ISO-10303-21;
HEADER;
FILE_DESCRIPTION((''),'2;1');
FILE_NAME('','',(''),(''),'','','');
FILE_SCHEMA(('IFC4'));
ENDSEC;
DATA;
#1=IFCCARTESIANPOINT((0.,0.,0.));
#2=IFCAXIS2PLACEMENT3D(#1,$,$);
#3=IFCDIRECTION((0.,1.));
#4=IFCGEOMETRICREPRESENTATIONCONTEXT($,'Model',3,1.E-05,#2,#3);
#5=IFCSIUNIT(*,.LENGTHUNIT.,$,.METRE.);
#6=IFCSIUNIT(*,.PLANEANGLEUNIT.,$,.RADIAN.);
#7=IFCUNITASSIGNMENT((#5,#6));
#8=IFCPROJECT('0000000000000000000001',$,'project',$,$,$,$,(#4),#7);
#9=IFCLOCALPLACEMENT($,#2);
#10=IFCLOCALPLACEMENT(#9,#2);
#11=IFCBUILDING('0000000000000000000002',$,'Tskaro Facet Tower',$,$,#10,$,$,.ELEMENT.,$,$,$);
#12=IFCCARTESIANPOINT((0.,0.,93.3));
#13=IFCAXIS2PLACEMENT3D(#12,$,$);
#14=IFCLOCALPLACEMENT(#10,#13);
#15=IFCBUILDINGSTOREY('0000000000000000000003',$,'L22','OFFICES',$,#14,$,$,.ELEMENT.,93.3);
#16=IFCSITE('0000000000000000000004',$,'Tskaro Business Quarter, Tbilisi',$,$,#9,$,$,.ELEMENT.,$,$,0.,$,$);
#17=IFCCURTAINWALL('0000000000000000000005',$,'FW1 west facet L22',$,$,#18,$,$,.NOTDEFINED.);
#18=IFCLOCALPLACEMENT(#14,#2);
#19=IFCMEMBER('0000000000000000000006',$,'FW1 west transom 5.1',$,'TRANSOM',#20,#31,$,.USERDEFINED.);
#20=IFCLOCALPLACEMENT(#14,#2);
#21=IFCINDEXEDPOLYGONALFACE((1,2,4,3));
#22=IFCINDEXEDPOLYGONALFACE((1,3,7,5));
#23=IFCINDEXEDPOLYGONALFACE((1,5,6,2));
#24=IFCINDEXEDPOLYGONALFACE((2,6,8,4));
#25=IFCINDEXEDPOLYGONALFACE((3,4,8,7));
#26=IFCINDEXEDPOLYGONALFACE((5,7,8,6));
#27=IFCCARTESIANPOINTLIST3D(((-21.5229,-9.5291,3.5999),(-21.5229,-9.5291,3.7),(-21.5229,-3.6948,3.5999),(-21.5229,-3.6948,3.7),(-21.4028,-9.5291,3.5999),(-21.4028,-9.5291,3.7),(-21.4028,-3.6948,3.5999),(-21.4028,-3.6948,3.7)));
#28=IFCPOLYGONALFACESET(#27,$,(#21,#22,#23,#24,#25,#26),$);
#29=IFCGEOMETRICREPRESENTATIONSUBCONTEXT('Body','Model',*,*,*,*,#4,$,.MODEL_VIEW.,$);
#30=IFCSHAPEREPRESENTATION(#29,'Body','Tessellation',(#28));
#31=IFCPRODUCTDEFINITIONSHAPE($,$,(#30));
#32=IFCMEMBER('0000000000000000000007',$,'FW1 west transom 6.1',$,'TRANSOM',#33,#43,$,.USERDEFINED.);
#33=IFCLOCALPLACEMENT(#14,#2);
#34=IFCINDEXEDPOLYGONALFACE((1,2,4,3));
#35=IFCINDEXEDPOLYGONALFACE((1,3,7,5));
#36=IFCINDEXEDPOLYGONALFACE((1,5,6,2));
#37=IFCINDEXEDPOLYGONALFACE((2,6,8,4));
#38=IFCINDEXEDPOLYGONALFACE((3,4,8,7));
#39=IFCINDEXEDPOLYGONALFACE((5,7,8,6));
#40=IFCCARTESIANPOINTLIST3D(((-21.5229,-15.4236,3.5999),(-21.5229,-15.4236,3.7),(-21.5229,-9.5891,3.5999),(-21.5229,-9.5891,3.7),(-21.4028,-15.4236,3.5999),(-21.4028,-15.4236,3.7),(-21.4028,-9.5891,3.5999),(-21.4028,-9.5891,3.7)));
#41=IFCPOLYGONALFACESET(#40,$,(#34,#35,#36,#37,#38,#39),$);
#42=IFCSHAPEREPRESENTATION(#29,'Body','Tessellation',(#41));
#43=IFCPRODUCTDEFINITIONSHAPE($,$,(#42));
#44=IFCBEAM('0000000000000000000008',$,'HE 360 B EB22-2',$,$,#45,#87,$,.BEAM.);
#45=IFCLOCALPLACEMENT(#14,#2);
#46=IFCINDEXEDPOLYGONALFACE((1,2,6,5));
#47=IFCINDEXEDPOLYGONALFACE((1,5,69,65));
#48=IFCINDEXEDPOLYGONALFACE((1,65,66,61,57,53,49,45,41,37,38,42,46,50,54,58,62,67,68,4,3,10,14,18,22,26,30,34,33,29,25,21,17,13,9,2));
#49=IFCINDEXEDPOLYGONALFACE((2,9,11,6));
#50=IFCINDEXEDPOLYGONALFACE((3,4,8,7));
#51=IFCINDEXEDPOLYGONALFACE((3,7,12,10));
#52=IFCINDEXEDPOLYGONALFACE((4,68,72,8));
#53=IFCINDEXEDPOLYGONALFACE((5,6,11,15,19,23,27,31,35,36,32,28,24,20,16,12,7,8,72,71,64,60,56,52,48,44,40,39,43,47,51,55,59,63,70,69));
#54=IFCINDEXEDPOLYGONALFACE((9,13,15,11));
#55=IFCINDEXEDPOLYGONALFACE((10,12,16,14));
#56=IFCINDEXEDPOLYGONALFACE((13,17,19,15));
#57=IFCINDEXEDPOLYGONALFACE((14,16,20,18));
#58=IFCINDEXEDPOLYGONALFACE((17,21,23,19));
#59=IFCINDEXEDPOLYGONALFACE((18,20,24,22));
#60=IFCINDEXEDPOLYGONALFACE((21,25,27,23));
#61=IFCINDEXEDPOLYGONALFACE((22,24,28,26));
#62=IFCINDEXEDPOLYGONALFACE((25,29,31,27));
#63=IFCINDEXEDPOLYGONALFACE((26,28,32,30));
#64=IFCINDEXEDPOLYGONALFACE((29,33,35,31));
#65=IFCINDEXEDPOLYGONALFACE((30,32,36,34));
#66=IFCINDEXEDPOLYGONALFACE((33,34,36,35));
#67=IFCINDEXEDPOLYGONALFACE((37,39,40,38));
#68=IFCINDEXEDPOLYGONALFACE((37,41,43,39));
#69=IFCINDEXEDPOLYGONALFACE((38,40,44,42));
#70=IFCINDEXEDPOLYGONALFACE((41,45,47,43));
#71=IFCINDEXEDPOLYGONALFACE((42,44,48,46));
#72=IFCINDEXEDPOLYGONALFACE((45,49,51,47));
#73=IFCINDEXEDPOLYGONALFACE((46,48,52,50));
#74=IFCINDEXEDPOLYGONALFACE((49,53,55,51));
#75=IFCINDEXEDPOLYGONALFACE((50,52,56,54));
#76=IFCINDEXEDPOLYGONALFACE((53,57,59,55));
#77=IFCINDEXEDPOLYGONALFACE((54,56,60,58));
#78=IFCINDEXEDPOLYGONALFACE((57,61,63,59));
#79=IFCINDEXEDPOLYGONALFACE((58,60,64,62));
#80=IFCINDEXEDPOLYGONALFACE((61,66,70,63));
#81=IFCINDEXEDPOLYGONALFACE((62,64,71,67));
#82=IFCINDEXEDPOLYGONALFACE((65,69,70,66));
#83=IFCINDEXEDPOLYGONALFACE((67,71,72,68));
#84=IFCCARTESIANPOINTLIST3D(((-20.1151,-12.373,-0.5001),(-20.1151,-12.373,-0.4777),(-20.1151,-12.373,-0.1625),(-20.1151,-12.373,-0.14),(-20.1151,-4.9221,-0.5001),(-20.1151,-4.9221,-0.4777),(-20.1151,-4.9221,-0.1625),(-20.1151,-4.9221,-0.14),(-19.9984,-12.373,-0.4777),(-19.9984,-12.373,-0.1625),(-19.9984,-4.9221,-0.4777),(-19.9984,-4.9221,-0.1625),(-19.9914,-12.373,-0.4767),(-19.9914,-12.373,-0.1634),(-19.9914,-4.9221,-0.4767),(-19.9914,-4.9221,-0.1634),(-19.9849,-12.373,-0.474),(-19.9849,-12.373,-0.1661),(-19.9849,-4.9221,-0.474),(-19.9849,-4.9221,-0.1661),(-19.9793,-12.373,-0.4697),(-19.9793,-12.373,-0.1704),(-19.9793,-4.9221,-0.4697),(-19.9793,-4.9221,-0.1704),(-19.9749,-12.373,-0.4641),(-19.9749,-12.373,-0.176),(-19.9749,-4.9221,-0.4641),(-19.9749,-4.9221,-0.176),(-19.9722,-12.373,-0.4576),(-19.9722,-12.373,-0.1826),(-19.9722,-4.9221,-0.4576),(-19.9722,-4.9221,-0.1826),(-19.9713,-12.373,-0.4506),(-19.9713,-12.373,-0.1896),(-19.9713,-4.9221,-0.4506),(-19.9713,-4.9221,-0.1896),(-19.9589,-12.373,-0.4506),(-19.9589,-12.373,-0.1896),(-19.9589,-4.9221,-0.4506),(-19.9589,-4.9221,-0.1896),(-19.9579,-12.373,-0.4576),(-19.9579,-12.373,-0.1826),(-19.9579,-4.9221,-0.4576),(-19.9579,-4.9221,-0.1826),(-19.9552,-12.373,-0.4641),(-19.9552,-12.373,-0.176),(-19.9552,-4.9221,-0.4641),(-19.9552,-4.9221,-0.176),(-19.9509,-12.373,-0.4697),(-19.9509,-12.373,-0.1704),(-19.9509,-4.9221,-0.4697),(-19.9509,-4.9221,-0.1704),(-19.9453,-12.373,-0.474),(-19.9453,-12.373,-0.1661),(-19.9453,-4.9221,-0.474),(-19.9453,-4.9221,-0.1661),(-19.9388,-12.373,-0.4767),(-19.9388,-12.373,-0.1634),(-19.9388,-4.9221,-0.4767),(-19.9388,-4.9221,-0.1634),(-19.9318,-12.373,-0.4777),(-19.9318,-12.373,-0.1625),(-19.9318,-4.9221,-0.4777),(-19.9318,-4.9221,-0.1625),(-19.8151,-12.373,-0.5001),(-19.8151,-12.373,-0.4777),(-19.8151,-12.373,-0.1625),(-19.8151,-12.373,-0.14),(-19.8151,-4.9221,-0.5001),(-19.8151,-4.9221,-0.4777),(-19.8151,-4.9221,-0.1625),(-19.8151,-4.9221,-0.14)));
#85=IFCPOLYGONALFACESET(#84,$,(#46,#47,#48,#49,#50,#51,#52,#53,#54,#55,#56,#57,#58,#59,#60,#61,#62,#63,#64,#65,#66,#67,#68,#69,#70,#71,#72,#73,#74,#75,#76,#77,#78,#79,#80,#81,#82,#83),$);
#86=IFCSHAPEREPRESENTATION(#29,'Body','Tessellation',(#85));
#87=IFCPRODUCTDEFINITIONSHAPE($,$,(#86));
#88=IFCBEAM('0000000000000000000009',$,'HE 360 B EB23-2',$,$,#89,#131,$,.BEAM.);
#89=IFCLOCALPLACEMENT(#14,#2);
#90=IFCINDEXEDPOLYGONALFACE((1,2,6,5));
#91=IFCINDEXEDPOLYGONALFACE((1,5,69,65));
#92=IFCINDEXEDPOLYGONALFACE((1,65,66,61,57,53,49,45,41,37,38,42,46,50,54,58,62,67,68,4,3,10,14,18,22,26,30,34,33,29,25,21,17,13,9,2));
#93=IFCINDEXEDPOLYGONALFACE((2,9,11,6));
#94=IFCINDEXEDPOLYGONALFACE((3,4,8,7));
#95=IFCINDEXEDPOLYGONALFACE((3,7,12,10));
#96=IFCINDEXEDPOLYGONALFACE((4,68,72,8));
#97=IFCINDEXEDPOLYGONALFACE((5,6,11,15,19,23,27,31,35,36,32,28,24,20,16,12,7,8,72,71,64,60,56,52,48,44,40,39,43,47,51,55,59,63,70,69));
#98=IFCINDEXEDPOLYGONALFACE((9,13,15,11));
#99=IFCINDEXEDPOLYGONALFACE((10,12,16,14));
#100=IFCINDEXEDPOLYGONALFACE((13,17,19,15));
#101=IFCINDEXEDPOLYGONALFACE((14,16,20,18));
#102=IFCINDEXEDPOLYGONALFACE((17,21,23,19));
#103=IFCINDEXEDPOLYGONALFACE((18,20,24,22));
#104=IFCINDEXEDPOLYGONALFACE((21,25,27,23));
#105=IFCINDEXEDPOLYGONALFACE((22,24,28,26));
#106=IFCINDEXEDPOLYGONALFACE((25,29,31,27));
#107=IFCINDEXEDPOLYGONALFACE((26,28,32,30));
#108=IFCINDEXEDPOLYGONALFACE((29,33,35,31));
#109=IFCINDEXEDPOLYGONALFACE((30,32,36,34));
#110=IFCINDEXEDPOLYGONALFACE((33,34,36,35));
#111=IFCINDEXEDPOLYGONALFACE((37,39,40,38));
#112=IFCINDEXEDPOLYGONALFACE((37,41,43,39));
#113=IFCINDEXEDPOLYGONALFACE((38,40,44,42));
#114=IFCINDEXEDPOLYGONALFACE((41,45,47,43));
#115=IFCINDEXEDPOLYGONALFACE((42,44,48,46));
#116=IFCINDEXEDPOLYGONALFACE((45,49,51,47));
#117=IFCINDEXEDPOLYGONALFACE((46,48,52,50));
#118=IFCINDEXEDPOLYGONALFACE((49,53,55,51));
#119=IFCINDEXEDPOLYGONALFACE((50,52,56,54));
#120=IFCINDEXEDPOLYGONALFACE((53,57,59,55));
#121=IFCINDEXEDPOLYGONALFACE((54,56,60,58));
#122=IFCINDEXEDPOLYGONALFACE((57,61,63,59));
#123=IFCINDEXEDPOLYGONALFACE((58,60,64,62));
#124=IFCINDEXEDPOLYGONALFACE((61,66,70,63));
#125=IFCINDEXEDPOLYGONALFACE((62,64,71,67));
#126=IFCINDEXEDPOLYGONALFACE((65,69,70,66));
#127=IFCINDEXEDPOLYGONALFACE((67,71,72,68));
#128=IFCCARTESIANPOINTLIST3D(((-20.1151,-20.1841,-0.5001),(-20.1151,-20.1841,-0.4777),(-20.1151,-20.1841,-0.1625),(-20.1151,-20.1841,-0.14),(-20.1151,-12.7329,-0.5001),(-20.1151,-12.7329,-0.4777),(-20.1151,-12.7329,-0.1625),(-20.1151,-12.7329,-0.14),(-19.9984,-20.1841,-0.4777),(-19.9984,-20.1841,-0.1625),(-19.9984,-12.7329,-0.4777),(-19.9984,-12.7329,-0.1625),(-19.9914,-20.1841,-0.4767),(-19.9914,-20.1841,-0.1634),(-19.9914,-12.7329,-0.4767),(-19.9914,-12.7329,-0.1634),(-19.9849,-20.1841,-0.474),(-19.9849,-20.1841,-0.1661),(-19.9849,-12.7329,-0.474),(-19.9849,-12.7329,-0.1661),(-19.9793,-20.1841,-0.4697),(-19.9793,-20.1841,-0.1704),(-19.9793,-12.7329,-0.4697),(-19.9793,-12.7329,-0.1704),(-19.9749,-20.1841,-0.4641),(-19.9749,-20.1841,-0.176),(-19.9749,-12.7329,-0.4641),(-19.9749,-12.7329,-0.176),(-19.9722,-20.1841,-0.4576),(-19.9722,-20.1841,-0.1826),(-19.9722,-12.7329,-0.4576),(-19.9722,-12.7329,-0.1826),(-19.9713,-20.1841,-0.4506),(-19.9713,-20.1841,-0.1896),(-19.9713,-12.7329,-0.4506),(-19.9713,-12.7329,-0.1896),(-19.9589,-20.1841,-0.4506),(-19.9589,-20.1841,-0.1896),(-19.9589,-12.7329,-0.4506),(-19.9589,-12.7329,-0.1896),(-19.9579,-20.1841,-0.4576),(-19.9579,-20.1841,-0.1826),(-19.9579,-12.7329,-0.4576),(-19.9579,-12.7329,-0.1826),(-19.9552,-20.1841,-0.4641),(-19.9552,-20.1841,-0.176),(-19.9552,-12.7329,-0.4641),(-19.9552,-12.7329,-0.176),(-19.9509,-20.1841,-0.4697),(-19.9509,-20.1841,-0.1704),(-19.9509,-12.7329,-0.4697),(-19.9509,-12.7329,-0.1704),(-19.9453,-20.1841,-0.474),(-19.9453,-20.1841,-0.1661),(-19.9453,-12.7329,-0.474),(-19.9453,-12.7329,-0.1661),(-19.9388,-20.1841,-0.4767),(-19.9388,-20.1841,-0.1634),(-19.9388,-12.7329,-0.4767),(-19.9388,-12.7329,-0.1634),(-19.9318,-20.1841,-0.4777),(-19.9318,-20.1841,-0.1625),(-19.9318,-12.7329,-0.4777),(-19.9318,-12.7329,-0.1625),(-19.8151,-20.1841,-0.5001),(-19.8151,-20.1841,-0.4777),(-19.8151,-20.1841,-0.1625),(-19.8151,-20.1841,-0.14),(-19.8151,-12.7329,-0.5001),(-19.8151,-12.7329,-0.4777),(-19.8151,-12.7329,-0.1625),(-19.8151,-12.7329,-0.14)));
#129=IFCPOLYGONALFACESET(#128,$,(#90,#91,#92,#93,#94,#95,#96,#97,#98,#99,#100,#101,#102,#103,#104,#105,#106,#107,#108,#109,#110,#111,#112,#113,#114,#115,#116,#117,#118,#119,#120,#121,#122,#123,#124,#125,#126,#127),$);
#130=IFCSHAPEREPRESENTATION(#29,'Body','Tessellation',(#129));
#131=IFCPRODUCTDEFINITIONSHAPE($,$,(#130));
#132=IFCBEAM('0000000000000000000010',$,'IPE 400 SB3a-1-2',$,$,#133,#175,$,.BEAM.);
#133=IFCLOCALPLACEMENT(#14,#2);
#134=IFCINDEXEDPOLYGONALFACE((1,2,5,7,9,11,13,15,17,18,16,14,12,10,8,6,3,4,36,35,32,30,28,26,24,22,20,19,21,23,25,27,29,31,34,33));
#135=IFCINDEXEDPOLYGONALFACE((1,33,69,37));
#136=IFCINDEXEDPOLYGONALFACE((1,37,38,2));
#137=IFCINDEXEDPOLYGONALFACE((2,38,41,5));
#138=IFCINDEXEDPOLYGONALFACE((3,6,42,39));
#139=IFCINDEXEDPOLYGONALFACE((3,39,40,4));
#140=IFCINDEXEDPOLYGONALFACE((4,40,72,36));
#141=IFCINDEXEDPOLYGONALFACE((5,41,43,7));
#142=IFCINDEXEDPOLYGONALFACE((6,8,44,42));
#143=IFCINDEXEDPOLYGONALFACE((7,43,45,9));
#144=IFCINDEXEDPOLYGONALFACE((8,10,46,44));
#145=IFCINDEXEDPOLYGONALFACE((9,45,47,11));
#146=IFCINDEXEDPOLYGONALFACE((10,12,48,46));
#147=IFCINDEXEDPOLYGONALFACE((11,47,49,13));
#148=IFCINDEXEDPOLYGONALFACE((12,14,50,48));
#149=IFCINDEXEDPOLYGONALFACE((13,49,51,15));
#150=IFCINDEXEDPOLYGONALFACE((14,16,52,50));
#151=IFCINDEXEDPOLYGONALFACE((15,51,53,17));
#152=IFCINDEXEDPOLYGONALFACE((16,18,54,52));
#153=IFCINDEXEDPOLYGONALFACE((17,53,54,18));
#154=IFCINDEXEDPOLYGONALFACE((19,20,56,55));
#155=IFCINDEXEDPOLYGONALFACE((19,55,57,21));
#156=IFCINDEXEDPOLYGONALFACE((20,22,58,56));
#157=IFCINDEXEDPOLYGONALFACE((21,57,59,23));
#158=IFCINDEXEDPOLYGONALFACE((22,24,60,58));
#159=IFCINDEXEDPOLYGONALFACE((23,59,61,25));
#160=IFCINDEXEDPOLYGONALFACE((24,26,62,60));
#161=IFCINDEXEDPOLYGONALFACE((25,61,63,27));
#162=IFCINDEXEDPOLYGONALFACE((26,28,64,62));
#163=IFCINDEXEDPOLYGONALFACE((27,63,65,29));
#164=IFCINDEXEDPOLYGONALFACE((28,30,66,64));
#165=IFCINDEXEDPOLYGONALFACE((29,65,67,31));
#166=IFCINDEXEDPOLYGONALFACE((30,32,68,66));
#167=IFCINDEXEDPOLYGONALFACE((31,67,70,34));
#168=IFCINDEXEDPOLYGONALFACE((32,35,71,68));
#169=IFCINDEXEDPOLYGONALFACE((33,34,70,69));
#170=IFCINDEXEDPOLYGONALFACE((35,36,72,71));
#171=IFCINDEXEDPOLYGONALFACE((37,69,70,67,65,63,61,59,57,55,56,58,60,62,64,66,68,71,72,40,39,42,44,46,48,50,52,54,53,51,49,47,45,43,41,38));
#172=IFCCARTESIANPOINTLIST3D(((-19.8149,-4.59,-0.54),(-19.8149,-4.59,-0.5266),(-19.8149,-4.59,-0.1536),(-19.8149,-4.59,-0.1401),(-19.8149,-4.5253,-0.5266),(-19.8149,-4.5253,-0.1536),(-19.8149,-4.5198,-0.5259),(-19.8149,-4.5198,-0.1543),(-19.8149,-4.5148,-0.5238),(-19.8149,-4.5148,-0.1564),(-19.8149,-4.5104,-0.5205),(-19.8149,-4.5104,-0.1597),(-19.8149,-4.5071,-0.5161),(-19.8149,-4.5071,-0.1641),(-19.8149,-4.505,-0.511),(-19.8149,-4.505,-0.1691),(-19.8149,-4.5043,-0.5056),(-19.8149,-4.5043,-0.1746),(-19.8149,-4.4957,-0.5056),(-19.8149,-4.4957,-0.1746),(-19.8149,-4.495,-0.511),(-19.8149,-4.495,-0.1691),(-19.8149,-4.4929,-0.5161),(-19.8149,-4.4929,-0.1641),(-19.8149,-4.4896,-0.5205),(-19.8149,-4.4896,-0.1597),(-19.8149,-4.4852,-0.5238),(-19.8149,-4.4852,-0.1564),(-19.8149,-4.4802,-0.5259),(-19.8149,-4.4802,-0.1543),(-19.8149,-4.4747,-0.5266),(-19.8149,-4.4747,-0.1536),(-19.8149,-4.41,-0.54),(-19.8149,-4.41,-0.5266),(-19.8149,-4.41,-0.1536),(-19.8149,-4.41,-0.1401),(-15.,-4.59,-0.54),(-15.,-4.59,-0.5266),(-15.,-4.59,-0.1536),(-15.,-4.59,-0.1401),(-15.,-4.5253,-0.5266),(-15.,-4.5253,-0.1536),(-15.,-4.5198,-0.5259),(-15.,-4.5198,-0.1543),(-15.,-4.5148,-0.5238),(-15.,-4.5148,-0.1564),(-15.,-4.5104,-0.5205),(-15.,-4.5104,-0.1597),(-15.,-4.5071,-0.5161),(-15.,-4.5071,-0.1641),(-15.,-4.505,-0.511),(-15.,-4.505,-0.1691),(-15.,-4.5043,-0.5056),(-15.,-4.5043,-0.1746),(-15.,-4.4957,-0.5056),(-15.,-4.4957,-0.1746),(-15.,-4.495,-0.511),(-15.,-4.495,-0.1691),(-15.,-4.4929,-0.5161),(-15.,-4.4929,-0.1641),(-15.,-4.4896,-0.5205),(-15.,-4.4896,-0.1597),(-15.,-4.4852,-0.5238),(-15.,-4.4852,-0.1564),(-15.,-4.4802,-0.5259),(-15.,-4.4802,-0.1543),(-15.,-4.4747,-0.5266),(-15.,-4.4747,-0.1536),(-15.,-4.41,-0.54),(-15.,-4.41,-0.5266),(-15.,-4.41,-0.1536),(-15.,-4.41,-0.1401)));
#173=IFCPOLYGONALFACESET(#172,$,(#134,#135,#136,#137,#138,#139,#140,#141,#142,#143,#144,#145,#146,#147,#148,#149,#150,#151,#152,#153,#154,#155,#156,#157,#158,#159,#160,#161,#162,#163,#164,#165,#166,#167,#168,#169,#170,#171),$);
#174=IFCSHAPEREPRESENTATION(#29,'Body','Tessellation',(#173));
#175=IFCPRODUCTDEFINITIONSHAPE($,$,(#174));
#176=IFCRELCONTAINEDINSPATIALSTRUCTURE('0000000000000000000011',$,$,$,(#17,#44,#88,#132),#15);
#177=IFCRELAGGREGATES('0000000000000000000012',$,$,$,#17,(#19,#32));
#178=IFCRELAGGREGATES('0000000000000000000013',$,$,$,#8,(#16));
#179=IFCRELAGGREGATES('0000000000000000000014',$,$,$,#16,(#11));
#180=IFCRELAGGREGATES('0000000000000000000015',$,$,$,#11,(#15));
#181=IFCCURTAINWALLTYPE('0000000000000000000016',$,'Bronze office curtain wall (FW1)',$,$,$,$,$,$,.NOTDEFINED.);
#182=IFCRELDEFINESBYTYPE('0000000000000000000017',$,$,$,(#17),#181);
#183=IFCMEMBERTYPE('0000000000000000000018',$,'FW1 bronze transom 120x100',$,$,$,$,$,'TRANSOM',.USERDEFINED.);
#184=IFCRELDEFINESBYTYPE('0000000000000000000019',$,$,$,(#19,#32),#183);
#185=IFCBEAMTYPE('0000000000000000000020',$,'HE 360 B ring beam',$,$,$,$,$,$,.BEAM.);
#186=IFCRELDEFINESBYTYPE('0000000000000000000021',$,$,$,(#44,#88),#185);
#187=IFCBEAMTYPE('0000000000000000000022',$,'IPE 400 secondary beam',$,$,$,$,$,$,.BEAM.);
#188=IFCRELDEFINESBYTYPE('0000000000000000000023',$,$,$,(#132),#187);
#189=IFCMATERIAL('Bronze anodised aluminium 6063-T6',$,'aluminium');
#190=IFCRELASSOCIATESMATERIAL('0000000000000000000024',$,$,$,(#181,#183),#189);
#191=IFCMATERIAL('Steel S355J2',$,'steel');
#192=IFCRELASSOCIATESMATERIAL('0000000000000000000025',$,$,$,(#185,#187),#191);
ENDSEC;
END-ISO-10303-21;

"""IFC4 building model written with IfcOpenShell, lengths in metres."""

from ifc_helpers import new_model, si_unit, direction, frame, origin, origin_2d, place, context, subcontext, project, spatial, rectangle, i_section, extrude, material, material_profile, profile_set, type_object, element, aggregate, save


model = new_model("IFC4")

# Units and contexts
model_context = context("Model", 3, precision=1e-05, world=origin(), true_north=direction((0.0, 1.0)))
body_context = subcontext(model_context, "Body", "Model", "MODEL_VIEW")
ifc_project = project(units=[si_unit("LENGTHUNIT", "METRE"), si_unit("PLANEANGLEUNIT", "RADIAN")], contexts=[model_context])

# Site, building, storey
site_placement = place(None, origin())
site = spatial("IfcSite", under=ifc_project, at=site_placement, Name="Tskaro Business Quarter, Tbilisi", CompositionType="ELEMENT", RefElevation=0.0)
building_placement = place(site_placement, origin())
building = spatial("IfcBuilding", under=site, at=building_placement, Name="Tskaro Facet Tower", CompositionType="ELEMENT")
storey_placement = place(building_placement, frame((0.0, 0.0, 93.3)))
storey = spatial("IfcBuildingStorey", under=building, at=storey_placement, Name="L22", Description="OFFICES", CompositionType="ELEMENT", Elevation=93.3)

# Curtain wall, members
ifc_material_1 = material(Name="Bronze anodised aluminium 6063-T6", Category="aluminium")
curtain_wall_type = type_object("IfcCurtainWallType", Name="Bronze office curtain wall (FW1)", PredefinedType="NOTDEFINED", material=ifc_material_1)
curtain_wall_placement = place(storey_placement, origin())
curtain_wall = element("IfcCurtainWall", 1, at=curtain_wall_placement, inside=storey, type_object=curtain_wall_type, Name="FW1 west facet L22", PredefinedType="NOTDEFINED")
ifc_material_profile_1 = material_profile(ifc_material_1, rectangle(XDim=0.1201, YDim=0.1001, at=origin_2d()), Name="Transom 120x100")
ifc_profile_set_1 = profile_set([ifc_material_profile_1], Name="Bronze anodised aluminium 6063-T6")
member_type_1 = type_object("IfcMemberType", Name="FW1 bronze transom 120x100", ElementType="TRANSOM", PredefinedType="USERDEFINED", material=ifc_profile_set_1)
member_1_placement = place(storey_placement, frame((-21.4629, -3.6948, 3.6499), z_axis=(0.0, -1.0, 0.0), x_axis=(1.0, 0.0, 0.0)))
member_1 = element("IfcMember", 2, at=member_1_placement, type_object=member_type_1, Name="FW1 west transom 5.1", ObjectType="TRANSOM", PredefinedType="USERDEFINED", context=body_context, shape_type="SweptSolid", body=[
    extrude(rectangle(XDim=0.1201, YDim=0.1001, at=origin_2d()), origin(), (0.0, 0.0, 1.0), 5.8342),
])
member_2_placement = place(storey_placement, frame((-21.4629, -9.5891, 3.6499), z_axis=(0.0, -1.0, 0.0), x_axis=(1.0, 0.0, 0.0)))
member_2 = element("IfcMember", 3, at=member_2_placement, type_object=member_type_1, Name="FW1 west transom 6.1", ObjectType="TRANSOM", PredefinedType="USERDEFINED", context=body_context, shape_type="SweptSolid", body=[
    extrude(rectangle(XDim=0.1201, YDim=0.1001, at=origin_2d()), origin(), (0.0, 0.0, 1.0), 5.8345),
])

# Beams
ifc_material_2 = material(Name="Steel S355J2", Category="steel")
ifc_material_profile_2 = material_profile(ifc_material_2, i_section(OverallWidth=0.3, OverallDepth=0.3601, WebThickness=0.0125, FlangeThickness=0.0225, FilletRadius=0.0271, at=origin_2d()), Name="HE 360 B")
ifc_profile_set_2 = profile_set([ifc_material_profile_2], Name="Steel S355J2")
beam_type_1 = type_object("IfcBeamType", Name="HE 360 B ring beam", PredefinedType="BEAM", material=ifc_profile_set_2)
beam_1_placement = place(storey_placement, frame((-19.9651, -4.9221, -0.3201), z_axis=(0.0, -1.0, 0.0), x_axis=(1.0, 0.0, 0.0)))
element("IfcBeam", 4, at=beam_1_placement, inside=storey, type_object=beam_type_1, Name="HE 360 B EB22-2", PredefinedType="BEAM", context=body_context, shape_type="SweptSolid", body=[
    extrude(i_section(OverallWidth=0.3, OverallDepth=0.3601, WebThickness=0.0125, FlangeThickness=0.0225, FilletRadius=0.0271, at=origin_2d()), origin(), (0.0, 0.0, 1.0), 7.4509),
])
beam_2_placement = place(storey_placement, frame((-19.9651, -12.7329, -0.3201), z_axis=(0.0, -1.0, 0.0), x_axis=(1.0, 0.0, 0.0)))
element("IfcBeam", 5, at=beam_2_placement, inside=storey, type_object=beam_type_1, Name="HE 360 B EB23-2", PredefinedType="BEAM", context=body_context, shape_type="SweptSolid", body=[
    extrude(i_section(OverallWidth=0.3, OverallDepth=0.3601, WebThickness=0.0125, FlangeThickness=0.0225, FilletRadius=0.0271, at=origin_2d()), origin(), (0.0, 0.0, 1.0), 7.4512),
])
ifc_material_profile_3 = material_profile(ifc_material_2, i_section(OverallWidth=0.1799, OverallDepth=0.3999, WebThickness=0.0085, FlangeThickness=0.0134, FilletRadius=0.021, at=origin_2d()), Name="IPE 400")
ifc_profile_set_3 = profile_set([ifc_material_profile_3], Name="Steel S355J2")
beam_type_2 = type_object("IfcBeamType", Name="IPE 400 secondary beam", PredefinedType="BEAM", material=ifc_profile_set_3)
beam_3_placement = place(storey_placement, frame((-19.8149, -4.5, -0.3401), z_axis=(1.0, 0.0, 0.0), x_axis=(0.0, 1.0, 0.0)))
element("IfcBeam", 6, at=beam_3_placement, inside=storey, type_object=beam_type_2, Name="IPE 400 SB3a-1-2", PredefinedType="BEAM", context=body_context, shape_type="SweptSolid", body=[
    extrude(i_section(OverallWidth=0.1799, OverallDepth=0.3999, WebThickness=0.0085, FlangeThickness=0.0134, FilletRadius=0.021, at=origin_2d()), origin(), (0.0, 0.0, 1.0), 4.8149),
])

aggregate(curtain_wall, [member_1, member_2])

save(model, "model.ifc")
